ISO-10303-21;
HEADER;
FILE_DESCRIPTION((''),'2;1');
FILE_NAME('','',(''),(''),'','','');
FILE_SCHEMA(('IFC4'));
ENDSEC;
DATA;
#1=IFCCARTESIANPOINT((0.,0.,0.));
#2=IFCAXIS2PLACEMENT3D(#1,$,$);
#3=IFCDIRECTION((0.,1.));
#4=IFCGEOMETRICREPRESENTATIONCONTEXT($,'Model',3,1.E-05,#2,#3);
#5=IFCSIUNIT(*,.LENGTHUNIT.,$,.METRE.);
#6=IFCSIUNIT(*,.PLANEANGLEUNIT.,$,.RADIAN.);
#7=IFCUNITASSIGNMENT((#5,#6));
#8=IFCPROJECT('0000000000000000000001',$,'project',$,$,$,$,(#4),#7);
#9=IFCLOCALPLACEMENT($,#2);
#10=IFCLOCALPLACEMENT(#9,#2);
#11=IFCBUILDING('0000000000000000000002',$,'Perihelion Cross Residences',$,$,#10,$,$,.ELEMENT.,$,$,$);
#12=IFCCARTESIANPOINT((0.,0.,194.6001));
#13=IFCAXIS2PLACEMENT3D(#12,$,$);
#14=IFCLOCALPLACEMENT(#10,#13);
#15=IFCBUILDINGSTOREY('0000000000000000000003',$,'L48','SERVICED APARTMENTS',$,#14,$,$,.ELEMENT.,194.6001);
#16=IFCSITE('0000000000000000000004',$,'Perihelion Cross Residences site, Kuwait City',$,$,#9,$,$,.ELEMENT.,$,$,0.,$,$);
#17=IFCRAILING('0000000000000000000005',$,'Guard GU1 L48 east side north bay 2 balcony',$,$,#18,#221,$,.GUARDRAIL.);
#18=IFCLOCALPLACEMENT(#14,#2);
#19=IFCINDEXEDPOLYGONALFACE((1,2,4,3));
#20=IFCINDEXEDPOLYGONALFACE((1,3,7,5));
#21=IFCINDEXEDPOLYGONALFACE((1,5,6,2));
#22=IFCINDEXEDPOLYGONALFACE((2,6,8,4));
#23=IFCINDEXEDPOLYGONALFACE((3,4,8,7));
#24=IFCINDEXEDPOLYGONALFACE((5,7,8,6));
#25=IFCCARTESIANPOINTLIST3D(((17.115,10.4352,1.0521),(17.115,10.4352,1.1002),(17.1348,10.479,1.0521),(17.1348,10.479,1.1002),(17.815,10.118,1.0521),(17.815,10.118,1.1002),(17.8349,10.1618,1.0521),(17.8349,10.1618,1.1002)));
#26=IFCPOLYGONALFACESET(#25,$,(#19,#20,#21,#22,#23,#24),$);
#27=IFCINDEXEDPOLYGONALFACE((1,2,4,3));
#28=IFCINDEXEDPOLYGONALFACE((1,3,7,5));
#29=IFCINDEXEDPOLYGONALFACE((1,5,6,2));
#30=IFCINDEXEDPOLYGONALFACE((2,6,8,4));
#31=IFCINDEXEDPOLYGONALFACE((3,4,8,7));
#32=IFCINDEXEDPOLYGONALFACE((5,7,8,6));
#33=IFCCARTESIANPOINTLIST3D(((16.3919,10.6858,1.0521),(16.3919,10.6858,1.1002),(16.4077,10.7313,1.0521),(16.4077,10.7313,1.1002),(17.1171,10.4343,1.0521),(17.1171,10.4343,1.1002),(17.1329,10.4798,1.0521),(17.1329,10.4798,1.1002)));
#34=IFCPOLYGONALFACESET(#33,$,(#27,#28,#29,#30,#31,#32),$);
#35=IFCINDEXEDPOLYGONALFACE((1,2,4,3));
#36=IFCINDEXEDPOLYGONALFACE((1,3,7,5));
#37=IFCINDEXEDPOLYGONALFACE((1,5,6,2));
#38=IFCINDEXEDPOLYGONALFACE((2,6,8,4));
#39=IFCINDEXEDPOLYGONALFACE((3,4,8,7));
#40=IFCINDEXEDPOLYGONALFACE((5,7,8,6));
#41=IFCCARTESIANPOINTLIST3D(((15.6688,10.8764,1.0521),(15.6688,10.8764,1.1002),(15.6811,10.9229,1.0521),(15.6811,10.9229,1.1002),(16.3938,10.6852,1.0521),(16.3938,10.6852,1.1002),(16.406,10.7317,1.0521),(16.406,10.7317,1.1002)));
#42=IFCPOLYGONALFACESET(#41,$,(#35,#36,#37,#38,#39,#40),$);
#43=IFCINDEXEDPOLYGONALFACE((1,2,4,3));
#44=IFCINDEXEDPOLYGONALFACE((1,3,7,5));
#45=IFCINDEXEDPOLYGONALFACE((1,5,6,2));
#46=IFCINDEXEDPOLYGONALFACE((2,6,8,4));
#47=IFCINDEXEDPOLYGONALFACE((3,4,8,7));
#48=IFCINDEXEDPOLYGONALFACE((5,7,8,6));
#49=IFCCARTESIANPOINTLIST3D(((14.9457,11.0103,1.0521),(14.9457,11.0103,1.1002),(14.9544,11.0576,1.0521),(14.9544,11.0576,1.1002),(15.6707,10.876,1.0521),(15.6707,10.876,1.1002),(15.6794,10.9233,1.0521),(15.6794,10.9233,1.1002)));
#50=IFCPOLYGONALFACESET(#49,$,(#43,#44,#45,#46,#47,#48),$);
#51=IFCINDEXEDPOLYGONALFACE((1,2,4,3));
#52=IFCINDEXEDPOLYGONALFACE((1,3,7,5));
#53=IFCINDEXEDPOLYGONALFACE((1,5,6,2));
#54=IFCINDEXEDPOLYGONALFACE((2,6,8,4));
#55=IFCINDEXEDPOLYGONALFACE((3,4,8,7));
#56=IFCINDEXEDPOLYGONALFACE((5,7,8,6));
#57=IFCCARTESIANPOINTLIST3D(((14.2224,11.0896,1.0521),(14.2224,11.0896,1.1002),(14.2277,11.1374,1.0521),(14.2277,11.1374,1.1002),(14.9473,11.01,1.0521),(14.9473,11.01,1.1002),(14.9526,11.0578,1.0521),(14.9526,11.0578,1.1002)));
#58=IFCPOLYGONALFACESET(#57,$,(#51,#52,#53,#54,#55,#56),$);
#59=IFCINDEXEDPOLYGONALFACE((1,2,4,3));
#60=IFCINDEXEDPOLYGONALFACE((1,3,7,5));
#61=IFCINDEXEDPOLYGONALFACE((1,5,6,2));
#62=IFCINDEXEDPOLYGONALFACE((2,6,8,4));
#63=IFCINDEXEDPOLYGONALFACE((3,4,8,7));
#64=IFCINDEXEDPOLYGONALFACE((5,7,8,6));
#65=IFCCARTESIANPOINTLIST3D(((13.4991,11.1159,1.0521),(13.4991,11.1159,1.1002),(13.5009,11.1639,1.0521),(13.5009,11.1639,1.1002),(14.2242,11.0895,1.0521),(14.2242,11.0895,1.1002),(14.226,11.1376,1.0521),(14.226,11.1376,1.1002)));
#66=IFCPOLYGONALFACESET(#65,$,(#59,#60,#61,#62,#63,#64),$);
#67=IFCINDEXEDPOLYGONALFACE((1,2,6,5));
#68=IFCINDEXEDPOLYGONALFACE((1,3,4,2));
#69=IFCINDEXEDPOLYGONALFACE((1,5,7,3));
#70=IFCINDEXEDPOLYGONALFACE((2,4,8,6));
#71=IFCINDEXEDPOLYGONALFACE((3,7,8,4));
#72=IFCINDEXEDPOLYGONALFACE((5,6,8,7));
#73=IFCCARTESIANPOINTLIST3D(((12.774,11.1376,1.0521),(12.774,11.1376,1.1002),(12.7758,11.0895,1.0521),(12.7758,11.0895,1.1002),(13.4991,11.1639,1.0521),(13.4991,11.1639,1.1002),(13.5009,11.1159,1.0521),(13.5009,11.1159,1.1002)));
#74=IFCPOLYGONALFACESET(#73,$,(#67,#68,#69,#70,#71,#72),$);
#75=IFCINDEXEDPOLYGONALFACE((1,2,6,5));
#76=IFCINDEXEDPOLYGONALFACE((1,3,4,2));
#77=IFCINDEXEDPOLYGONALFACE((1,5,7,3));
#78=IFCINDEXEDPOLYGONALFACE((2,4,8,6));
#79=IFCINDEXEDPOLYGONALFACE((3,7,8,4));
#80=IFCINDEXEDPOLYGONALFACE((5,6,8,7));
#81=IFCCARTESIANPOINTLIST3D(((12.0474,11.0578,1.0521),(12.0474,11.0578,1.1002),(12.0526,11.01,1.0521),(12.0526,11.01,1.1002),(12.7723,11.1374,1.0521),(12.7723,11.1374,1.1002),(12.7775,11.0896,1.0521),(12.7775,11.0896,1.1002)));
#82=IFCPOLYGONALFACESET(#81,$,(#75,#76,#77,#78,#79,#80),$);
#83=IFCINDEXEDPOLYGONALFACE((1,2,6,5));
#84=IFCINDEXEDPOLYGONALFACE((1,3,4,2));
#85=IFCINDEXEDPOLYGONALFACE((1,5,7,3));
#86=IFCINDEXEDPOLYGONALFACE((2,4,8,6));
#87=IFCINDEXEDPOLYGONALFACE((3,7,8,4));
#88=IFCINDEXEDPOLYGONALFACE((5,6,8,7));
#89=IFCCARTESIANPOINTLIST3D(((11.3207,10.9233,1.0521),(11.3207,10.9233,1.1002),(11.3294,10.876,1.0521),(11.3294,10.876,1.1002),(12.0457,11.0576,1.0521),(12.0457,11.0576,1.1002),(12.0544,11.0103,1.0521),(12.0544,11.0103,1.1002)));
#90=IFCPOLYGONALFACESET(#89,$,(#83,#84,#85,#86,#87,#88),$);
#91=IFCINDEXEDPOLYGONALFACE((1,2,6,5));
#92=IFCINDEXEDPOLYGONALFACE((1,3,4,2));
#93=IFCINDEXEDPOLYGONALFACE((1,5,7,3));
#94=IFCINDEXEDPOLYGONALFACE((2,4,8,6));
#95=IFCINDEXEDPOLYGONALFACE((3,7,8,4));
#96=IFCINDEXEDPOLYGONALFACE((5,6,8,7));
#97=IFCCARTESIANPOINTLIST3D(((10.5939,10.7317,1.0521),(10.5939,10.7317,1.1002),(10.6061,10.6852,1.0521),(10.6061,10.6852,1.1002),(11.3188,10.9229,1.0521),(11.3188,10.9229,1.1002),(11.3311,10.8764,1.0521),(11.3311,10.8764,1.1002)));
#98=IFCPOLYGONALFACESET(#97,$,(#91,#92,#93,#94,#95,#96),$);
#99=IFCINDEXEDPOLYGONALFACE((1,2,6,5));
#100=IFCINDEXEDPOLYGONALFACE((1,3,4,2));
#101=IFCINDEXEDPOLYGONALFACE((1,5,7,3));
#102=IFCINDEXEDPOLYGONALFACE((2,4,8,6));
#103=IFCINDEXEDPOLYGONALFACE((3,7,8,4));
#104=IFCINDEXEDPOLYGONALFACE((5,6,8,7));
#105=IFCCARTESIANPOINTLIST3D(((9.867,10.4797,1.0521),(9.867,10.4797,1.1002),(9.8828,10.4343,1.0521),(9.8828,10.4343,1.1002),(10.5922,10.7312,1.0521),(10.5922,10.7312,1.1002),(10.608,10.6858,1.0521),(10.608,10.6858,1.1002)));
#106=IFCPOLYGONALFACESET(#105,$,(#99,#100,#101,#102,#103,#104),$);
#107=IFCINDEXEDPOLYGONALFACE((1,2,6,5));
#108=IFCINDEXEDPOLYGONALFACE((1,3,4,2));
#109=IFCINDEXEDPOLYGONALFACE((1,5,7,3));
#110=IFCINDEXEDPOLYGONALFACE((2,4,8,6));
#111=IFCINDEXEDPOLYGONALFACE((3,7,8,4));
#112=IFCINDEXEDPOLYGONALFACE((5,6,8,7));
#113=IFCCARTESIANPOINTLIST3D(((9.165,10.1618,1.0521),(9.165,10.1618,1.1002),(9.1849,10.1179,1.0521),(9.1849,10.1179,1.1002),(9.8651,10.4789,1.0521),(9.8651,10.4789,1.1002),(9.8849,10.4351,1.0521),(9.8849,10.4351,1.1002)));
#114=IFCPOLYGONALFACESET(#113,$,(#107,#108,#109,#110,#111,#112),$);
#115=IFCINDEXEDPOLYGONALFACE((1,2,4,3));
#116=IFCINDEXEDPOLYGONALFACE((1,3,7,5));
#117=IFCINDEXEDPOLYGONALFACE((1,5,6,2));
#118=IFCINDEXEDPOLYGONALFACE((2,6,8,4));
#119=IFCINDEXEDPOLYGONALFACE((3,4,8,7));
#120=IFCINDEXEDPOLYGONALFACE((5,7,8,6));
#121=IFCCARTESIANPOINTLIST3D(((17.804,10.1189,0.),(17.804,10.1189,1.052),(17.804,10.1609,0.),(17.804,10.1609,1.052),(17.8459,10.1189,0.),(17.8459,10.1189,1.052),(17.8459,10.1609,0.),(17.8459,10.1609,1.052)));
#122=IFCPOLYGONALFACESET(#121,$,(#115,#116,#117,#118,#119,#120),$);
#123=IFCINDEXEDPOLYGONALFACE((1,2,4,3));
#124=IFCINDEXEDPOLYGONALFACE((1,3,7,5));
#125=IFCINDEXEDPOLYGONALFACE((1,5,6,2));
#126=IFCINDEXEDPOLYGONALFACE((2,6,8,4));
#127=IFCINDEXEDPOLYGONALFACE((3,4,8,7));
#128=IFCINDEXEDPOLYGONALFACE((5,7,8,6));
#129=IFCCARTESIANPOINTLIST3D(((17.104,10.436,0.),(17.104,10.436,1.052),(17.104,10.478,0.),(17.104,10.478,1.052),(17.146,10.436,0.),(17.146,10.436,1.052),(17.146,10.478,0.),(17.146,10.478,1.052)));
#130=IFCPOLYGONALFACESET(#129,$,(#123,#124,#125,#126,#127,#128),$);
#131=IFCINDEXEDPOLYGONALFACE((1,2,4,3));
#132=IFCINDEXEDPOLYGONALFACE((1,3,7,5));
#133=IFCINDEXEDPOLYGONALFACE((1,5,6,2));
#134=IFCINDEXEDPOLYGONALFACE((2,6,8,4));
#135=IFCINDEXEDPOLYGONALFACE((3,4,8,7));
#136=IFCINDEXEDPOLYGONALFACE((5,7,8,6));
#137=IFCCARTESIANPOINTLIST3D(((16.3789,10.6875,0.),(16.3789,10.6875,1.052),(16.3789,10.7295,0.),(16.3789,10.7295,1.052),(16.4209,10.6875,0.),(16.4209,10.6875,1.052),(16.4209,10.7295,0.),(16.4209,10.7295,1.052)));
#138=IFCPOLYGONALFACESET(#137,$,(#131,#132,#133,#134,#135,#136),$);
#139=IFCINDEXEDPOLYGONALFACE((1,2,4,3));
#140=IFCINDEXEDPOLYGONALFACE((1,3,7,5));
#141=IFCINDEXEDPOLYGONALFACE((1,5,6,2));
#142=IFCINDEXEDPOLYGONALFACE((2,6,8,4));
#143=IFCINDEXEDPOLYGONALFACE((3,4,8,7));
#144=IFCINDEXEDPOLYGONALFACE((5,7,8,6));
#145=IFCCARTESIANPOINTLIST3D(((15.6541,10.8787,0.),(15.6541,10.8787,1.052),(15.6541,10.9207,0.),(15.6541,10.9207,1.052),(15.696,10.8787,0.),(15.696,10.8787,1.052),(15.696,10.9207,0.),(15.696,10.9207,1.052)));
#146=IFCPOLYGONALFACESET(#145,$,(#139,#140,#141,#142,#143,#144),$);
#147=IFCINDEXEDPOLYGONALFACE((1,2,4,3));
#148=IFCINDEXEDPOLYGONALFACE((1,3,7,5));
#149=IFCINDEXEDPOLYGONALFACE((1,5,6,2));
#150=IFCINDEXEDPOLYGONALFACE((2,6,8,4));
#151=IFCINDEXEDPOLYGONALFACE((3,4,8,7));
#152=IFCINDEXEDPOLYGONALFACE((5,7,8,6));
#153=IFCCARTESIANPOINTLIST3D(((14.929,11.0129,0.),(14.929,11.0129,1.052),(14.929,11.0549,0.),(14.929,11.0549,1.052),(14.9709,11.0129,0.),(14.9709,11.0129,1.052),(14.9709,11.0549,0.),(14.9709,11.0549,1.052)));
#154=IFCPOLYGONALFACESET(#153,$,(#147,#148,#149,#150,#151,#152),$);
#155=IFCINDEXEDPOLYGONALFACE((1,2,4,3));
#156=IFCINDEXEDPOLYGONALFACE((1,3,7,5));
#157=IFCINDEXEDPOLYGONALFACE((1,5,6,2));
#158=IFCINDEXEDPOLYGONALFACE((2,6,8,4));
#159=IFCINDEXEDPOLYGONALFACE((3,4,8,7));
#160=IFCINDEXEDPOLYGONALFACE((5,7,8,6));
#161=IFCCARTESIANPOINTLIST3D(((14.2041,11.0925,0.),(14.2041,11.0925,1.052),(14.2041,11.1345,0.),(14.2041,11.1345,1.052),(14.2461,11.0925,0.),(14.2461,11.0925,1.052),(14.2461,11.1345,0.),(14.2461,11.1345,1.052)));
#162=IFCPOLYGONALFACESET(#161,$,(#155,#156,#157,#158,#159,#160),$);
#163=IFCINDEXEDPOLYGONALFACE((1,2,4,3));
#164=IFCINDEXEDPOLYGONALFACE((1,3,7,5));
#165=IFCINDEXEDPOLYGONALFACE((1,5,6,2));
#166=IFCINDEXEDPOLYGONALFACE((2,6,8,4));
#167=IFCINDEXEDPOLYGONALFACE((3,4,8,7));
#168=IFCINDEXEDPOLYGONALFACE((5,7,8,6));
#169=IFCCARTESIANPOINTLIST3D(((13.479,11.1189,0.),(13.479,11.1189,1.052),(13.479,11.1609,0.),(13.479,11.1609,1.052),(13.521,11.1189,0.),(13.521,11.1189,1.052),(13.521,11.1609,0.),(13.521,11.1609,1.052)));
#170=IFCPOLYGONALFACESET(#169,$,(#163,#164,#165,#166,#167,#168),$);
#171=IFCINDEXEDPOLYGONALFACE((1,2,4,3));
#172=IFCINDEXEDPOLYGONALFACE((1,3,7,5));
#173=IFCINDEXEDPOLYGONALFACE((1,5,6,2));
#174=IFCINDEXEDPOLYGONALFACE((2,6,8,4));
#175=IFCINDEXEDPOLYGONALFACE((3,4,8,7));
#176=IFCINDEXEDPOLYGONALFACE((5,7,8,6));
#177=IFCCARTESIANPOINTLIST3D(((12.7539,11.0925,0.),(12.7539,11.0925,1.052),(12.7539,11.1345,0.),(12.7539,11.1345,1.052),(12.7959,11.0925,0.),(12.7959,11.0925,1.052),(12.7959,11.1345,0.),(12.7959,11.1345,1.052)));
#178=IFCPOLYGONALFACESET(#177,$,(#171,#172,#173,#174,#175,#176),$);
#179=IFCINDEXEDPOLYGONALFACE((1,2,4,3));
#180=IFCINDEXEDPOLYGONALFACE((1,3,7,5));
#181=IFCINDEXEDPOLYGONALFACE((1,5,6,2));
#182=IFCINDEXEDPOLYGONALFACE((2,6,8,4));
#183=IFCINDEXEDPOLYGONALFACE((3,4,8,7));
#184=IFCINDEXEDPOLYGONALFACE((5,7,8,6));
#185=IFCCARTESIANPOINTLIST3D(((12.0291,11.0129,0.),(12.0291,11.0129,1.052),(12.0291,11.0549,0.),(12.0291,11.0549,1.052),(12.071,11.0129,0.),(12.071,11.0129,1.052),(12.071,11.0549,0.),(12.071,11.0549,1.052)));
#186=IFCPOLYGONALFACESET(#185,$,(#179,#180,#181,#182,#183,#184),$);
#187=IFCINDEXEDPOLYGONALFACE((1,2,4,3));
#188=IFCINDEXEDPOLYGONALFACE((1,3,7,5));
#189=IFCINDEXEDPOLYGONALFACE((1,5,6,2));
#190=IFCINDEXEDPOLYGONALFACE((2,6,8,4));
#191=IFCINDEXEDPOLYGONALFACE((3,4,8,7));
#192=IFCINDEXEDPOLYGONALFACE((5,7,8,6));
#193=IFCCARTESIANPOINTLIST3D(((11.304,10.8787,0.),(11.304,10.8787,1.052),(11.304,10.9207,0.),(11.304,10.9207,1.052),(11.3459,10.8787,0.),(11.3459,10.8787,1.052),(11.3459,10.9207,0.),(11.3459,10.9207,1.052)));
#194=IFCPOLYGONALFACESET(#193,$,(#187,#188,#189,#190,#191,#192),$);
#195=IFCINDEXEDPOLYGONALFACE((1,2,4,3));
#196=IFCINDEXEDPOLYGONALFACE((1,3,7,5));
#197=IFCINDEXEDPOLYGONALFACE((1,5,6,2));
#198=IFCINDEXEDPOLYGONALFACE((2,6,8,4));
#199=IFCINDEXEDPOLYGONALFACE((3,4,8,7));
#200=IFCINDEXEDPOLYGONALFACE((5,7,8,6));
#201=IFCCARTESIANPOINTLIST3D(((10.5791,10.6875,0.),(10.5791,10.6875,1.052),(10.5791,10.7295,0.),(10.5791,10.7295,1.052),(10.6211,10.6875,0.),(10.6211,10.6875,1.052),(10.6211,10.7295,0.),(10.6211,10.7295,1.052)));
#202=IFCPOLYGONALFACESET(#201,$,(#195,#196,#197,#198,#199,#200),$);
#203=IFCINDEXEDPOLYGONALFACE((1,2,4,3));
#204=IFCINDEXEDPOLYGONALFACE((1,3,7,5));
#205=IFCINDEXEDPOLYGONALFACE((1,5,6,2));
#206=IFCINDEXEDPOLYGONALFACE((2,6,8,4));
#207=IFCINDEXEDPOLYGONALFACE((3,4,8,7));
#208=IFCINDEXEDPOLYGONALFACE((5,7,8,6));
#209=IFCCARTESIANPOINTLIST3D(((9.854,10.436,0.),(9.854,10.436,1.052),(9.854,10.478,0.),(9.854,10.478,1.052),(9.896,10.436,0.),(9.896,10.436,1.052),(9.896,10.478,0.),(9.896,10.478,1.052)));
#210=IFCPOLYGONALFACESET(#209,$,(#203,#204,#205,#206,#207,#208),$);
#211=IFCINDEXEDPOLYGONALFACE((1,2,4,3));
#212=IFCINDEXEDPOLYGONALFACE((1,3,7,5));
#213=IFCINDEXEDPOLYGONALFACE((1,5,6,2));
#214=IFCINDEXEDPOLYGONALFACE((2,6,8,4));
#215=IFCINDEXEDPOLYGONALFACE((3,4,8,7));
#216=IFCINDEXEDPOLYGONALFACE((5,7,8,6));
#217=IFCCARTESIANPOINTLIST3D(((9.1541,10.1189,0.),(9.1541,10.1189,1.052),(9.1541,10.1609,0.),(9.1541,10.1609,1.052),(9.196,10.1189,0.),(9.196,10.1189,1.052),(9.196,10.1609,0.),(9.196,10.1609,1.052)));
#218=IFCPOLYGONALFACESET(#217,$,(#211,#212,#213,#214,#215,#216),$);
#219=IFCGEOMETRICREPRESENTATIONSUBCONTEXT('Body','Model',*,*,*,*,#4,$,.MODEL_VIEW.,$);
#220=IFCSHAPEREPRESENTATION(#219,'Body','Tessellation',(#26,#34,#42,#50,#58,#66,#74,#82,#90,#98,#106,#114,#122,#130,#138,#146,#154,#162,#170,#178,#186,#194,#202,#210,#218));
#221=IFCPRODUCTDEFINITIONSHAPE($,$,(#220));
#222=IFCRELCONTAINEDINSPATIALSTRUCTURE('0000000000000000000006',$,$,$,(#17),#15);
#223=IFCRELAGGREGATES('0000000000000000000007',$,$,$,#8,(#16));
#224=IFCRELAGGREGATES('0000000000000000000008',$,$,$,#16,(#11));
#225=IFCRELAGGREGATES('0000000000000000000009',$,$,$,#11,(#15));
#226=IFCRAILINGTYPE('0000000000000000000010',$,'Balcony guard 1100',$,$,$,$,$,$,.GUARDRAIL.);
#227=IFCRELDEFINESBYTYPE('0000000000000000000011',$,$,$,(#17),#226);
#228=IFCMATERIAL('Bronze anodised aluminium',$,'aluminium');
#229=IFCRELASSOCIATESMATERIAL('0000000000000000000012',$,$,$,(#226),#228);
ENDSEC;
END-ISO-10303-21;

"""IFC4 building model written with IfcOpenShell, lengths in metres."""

from ifc_helpers import new_model, si_unit, direction, frame, origin, origin_2d, place, context, subcontext, project, spatial, rectangle, extrude, material, type_object, element, save


model = new_model("IFC4")

# Units and contexts
model_context = context("Model", 3, precision=1e-05, world=origin(), true_north=direction((0.0, 1.0)))
body_context = subcontext(model_context, "Body", "Model", "MODEL_VIEW")
ifc_project = project(units=[si_unit("LENGTHUNIT", "METRE"), si_unit("PLANEANGLEUNIT", "RADIAN")], contexts=[model_context])

# Site, building, storey
site_placement = place(None, origin())
site = spatial("IfcSite", under=ifc_project, at=site_placement, Name="Perihelion Cross Residences site, Kuwait City", CompositionType="ELEMENT", RefElevation=0.0)
building_placement = place(site_placement, origin())
building = spatial("IfcBuilding", under=site, at=building_placement, Name="Perihelion Cross Residences", CompositionType="ELEMENT")
storey_placement = place(building_placement, frame((0.0, 0.0, 194.6001)))
storey = spatial("IfcBuildingStorey", under=building, at=storey_placement, Name="L48", Description="SERVICED APARTMENTS", CompositionType="ELEMENT", Elevation=194.6001)

# Railing
ifc_material_1 = material(Name="Bronze anodised aluminium", Category="aluminium")
railing_type = type_object("IfcRailingType", Name="Balcony guard 1100", PredefinedType="GUARDRAIL", material=ifc_material_1)
railing_placement = place(storey_placement, frame((17.825, 10.1399, 0.0)))
element("IfcRailing", 1, at=railing_placement, inside=storey, type_object=railing_type, Name="Guard GU1 L48 east side north bay 2 balcony", PredefinedType="GUARDRAIL", context=body_context, shape_type="SweptSolid", body=[
    extrude(rectangle(XDim=0.0481, YDim=0.0481, at=origin_2d()), frame((0.0, 0.0, 1.0762), z_axis=(-0.910866, 0.412702, 0.0), x_axis=(-0.412702, -0.910866, 0.0)), (0.0, 0.0, 1.0), 0.7686),
    extrude(rectangle(XDim=0.0481, YDim=0.0481, at=origin_2d()), frame((-0.7, 0.3171, 1.0762), z_axis=(-0.944797, 0.327657, 0.0), x_axis=(-0.327657, -0.944797, 0.0)), (0.0, 0.0, 1.0), 0.7676),
    extrude(rectangle(XDim=0.0481, YDim=0.0481, at=origin_2d()), frame((-1.425, 0.5686, 1.0762), z_axis=(-0.966939, 0.255006, 0.0), x_axis=(-0.255006, -0.966939, 0.0)), (0.0, 0.0, 1.0), 0.7498),
    extrude(rectangle(XDim=0.0481, YDim=0.0481, at=origin_2d()), frame((-2.1499, 0.7598, 1.0762), z_axis=(-0.983282, 0.182089, 0.0), x_axis=(-0.182089, -0.983282, 0.0)), (0.0, 0.0, 1.0), 0.7373),
    extrude(rectangle(XDim=0.0481, YDim=0.0481, at=origin_2d()), frame((-2.875, 0.894, 1.0762), z_axis=(-0.994026, 0.109145, 0.0), x_axis=(-0.109145, -0.994026, 0.0)), (0.0, 0.0, 1.0), 0.7292),
    extrude(rectangle(XDim=0.0481, YDim=0.0481, at=origin_2d()), frame((-3.5999, 0.9736, 1.0762), z_axis=(-0.999339, 0.03634, 0.0), x_axis=(-0.03634, -0.999339, 0.0)), (0.0, 0.0, 1.0), 0.7256),
    extrude(rectangle(XDim=0.0481, YDim=0.0481, at=origin_2d()), frame((-4.325, 1.0, 1.0762), z_axis=(-0.999339, -0.03634, 0.0), x_axis=(0.03634, -0.999339, 0.0)), (0.0, 0.0, 1.0), 0.7256),
    extrude(rectangle(XDim=0.0481, YDim=0.0481, at=origin_2d()), frame((-5.05, 0.9736, 1.0762), z_axis=(-0.994026, -0.109145, 0.0), x_axis=(0.109145, -0.994026, 0.0)), (0.0, 0.0, 1.0), 0.7292),
    extrude(rectangle(XDim=0.0481, YDim=0.0481, at=origin_2d()), frame((-5.7749, 0.894, 1.0762), z_axis=(-0.983282, -0.182089, 0.0), x_axis=(0.182089, -0.983282, 0.0)), (0.0, 0.0, 1.0), 0.7373),
    extrude(rectangle(XDim=0.0481, YDim=0.0481, at=origin_2d()), frame((-6.5, 0.7598, 1.0762), z_axis=(-0.966939, -0.255006, 0.0), x_axis=(0.255006, -0.966939, 0.0)), (0.0, 0.0, 1.0), 0.7498),
    extrude(rectangle(XDim=0.0481, YDim=0.0481, at=origin_2d()), frame((-7.2249, 0.5686, 1.0762), z_axis=(-0.944797, -0.327657, 0.0), x_axis=(0.327657, -0.944797, 0.0)), (0.0, 0.0, 1.0), 0.7676),
    extrude(rectangle(XDim=0.0481, YDim=0.0481, at=origin_2d()), frame((-7.95, 0.3171, 1.0762), z_axis=(-0.910866, -0.412702, 0.0), x_axis=(0.412702, -0.910866, 0.0)), (0.0, 0.0, 1.0), 0.7686),
    extrude(rectangle(XDim=0.042, YDim=0.042, at=origin_2d()), origin(), (0.0, 0.0, 1.0), 1.052),
    extrude(rectangle(XDim=0.042, YDim=0.042, at=origin_2d()), frame((-0.7, 0.3171, 0.0)), (0.0, 0.0, 1.0), 1.052),
    extrude(rectangle(XDim=0.042, YDim=0.042, at=origin_2d()), frame((-1.425, 0.5686, 0.0)), (0.0, 0.0, 1.0), 1.052),
    extrude(rectangle(XDim=0.042, YDim=0.042, at=origin_2d()), frame((-2.1499, 0.7598, 0.0)), (0.0, 0.0, 1.0), 1.052),
    extrude(rectangle(XDim=0.042, YDim=0.042, at=origin_2d()), frame((-2.875, 0.894, 0.0)), (0.0, 0.0, 1.0), 1.052),
    extrude(rectangle(XDim=0.042, YDim=0.042, at=origin_2d()), frame((-3.5999, 0.9736, 0.0)), (0.0, 0.0, 1.0), 1.052),
    extrude(rectangle(XDim=0.042, YDim=0.042, at=origin_2d()), frame((-4.325, 1.0, 0.0)), (0.0, 0.0, 1.0), 1.052),
    extrude(rectangle(XDim=0.042, YDim=0.042, at=origin_2d()), frame((-5.05, 0.9736, 0.0)), (0.0, 0.0, 1.0), 1.052),
    extrude(rectangle(XDim=0.042, YDim=0.042, at=origin_2d()), frame((-5.7749, 0.894, 0.0)), (0.0, 0.0, 1.0), 1.052),
    extrude(rectangle(XDim=0.042, YDim=0.042, at=origin_2d()), frame((-6.5, 0.7598, 0.0)), (0.0, 0.0, 1.0), 1.052),
    extrude(rectangle(XDim=0.042, YDim=0.042, at=origin_2d()), frame((-7.2249, 0.5686, 0.0)), (0.0, 0.0, 1.0), 1.052),
    extrude(rectangle(XDim=0.042, YDim=0.042, at=origin_2d()), frame((-7.95, 0.3171, 0.0)), (0.0, 0.0, 1.0), 1.052),
    extrude(rectangle(XDim=0.042, YDim=0.042, at=origin_2d()), frame((-8.6499, 0.0, 0.0)), (0.0, 0.0, 1.0), 1.052),
])

save(model, "model.ifc")
